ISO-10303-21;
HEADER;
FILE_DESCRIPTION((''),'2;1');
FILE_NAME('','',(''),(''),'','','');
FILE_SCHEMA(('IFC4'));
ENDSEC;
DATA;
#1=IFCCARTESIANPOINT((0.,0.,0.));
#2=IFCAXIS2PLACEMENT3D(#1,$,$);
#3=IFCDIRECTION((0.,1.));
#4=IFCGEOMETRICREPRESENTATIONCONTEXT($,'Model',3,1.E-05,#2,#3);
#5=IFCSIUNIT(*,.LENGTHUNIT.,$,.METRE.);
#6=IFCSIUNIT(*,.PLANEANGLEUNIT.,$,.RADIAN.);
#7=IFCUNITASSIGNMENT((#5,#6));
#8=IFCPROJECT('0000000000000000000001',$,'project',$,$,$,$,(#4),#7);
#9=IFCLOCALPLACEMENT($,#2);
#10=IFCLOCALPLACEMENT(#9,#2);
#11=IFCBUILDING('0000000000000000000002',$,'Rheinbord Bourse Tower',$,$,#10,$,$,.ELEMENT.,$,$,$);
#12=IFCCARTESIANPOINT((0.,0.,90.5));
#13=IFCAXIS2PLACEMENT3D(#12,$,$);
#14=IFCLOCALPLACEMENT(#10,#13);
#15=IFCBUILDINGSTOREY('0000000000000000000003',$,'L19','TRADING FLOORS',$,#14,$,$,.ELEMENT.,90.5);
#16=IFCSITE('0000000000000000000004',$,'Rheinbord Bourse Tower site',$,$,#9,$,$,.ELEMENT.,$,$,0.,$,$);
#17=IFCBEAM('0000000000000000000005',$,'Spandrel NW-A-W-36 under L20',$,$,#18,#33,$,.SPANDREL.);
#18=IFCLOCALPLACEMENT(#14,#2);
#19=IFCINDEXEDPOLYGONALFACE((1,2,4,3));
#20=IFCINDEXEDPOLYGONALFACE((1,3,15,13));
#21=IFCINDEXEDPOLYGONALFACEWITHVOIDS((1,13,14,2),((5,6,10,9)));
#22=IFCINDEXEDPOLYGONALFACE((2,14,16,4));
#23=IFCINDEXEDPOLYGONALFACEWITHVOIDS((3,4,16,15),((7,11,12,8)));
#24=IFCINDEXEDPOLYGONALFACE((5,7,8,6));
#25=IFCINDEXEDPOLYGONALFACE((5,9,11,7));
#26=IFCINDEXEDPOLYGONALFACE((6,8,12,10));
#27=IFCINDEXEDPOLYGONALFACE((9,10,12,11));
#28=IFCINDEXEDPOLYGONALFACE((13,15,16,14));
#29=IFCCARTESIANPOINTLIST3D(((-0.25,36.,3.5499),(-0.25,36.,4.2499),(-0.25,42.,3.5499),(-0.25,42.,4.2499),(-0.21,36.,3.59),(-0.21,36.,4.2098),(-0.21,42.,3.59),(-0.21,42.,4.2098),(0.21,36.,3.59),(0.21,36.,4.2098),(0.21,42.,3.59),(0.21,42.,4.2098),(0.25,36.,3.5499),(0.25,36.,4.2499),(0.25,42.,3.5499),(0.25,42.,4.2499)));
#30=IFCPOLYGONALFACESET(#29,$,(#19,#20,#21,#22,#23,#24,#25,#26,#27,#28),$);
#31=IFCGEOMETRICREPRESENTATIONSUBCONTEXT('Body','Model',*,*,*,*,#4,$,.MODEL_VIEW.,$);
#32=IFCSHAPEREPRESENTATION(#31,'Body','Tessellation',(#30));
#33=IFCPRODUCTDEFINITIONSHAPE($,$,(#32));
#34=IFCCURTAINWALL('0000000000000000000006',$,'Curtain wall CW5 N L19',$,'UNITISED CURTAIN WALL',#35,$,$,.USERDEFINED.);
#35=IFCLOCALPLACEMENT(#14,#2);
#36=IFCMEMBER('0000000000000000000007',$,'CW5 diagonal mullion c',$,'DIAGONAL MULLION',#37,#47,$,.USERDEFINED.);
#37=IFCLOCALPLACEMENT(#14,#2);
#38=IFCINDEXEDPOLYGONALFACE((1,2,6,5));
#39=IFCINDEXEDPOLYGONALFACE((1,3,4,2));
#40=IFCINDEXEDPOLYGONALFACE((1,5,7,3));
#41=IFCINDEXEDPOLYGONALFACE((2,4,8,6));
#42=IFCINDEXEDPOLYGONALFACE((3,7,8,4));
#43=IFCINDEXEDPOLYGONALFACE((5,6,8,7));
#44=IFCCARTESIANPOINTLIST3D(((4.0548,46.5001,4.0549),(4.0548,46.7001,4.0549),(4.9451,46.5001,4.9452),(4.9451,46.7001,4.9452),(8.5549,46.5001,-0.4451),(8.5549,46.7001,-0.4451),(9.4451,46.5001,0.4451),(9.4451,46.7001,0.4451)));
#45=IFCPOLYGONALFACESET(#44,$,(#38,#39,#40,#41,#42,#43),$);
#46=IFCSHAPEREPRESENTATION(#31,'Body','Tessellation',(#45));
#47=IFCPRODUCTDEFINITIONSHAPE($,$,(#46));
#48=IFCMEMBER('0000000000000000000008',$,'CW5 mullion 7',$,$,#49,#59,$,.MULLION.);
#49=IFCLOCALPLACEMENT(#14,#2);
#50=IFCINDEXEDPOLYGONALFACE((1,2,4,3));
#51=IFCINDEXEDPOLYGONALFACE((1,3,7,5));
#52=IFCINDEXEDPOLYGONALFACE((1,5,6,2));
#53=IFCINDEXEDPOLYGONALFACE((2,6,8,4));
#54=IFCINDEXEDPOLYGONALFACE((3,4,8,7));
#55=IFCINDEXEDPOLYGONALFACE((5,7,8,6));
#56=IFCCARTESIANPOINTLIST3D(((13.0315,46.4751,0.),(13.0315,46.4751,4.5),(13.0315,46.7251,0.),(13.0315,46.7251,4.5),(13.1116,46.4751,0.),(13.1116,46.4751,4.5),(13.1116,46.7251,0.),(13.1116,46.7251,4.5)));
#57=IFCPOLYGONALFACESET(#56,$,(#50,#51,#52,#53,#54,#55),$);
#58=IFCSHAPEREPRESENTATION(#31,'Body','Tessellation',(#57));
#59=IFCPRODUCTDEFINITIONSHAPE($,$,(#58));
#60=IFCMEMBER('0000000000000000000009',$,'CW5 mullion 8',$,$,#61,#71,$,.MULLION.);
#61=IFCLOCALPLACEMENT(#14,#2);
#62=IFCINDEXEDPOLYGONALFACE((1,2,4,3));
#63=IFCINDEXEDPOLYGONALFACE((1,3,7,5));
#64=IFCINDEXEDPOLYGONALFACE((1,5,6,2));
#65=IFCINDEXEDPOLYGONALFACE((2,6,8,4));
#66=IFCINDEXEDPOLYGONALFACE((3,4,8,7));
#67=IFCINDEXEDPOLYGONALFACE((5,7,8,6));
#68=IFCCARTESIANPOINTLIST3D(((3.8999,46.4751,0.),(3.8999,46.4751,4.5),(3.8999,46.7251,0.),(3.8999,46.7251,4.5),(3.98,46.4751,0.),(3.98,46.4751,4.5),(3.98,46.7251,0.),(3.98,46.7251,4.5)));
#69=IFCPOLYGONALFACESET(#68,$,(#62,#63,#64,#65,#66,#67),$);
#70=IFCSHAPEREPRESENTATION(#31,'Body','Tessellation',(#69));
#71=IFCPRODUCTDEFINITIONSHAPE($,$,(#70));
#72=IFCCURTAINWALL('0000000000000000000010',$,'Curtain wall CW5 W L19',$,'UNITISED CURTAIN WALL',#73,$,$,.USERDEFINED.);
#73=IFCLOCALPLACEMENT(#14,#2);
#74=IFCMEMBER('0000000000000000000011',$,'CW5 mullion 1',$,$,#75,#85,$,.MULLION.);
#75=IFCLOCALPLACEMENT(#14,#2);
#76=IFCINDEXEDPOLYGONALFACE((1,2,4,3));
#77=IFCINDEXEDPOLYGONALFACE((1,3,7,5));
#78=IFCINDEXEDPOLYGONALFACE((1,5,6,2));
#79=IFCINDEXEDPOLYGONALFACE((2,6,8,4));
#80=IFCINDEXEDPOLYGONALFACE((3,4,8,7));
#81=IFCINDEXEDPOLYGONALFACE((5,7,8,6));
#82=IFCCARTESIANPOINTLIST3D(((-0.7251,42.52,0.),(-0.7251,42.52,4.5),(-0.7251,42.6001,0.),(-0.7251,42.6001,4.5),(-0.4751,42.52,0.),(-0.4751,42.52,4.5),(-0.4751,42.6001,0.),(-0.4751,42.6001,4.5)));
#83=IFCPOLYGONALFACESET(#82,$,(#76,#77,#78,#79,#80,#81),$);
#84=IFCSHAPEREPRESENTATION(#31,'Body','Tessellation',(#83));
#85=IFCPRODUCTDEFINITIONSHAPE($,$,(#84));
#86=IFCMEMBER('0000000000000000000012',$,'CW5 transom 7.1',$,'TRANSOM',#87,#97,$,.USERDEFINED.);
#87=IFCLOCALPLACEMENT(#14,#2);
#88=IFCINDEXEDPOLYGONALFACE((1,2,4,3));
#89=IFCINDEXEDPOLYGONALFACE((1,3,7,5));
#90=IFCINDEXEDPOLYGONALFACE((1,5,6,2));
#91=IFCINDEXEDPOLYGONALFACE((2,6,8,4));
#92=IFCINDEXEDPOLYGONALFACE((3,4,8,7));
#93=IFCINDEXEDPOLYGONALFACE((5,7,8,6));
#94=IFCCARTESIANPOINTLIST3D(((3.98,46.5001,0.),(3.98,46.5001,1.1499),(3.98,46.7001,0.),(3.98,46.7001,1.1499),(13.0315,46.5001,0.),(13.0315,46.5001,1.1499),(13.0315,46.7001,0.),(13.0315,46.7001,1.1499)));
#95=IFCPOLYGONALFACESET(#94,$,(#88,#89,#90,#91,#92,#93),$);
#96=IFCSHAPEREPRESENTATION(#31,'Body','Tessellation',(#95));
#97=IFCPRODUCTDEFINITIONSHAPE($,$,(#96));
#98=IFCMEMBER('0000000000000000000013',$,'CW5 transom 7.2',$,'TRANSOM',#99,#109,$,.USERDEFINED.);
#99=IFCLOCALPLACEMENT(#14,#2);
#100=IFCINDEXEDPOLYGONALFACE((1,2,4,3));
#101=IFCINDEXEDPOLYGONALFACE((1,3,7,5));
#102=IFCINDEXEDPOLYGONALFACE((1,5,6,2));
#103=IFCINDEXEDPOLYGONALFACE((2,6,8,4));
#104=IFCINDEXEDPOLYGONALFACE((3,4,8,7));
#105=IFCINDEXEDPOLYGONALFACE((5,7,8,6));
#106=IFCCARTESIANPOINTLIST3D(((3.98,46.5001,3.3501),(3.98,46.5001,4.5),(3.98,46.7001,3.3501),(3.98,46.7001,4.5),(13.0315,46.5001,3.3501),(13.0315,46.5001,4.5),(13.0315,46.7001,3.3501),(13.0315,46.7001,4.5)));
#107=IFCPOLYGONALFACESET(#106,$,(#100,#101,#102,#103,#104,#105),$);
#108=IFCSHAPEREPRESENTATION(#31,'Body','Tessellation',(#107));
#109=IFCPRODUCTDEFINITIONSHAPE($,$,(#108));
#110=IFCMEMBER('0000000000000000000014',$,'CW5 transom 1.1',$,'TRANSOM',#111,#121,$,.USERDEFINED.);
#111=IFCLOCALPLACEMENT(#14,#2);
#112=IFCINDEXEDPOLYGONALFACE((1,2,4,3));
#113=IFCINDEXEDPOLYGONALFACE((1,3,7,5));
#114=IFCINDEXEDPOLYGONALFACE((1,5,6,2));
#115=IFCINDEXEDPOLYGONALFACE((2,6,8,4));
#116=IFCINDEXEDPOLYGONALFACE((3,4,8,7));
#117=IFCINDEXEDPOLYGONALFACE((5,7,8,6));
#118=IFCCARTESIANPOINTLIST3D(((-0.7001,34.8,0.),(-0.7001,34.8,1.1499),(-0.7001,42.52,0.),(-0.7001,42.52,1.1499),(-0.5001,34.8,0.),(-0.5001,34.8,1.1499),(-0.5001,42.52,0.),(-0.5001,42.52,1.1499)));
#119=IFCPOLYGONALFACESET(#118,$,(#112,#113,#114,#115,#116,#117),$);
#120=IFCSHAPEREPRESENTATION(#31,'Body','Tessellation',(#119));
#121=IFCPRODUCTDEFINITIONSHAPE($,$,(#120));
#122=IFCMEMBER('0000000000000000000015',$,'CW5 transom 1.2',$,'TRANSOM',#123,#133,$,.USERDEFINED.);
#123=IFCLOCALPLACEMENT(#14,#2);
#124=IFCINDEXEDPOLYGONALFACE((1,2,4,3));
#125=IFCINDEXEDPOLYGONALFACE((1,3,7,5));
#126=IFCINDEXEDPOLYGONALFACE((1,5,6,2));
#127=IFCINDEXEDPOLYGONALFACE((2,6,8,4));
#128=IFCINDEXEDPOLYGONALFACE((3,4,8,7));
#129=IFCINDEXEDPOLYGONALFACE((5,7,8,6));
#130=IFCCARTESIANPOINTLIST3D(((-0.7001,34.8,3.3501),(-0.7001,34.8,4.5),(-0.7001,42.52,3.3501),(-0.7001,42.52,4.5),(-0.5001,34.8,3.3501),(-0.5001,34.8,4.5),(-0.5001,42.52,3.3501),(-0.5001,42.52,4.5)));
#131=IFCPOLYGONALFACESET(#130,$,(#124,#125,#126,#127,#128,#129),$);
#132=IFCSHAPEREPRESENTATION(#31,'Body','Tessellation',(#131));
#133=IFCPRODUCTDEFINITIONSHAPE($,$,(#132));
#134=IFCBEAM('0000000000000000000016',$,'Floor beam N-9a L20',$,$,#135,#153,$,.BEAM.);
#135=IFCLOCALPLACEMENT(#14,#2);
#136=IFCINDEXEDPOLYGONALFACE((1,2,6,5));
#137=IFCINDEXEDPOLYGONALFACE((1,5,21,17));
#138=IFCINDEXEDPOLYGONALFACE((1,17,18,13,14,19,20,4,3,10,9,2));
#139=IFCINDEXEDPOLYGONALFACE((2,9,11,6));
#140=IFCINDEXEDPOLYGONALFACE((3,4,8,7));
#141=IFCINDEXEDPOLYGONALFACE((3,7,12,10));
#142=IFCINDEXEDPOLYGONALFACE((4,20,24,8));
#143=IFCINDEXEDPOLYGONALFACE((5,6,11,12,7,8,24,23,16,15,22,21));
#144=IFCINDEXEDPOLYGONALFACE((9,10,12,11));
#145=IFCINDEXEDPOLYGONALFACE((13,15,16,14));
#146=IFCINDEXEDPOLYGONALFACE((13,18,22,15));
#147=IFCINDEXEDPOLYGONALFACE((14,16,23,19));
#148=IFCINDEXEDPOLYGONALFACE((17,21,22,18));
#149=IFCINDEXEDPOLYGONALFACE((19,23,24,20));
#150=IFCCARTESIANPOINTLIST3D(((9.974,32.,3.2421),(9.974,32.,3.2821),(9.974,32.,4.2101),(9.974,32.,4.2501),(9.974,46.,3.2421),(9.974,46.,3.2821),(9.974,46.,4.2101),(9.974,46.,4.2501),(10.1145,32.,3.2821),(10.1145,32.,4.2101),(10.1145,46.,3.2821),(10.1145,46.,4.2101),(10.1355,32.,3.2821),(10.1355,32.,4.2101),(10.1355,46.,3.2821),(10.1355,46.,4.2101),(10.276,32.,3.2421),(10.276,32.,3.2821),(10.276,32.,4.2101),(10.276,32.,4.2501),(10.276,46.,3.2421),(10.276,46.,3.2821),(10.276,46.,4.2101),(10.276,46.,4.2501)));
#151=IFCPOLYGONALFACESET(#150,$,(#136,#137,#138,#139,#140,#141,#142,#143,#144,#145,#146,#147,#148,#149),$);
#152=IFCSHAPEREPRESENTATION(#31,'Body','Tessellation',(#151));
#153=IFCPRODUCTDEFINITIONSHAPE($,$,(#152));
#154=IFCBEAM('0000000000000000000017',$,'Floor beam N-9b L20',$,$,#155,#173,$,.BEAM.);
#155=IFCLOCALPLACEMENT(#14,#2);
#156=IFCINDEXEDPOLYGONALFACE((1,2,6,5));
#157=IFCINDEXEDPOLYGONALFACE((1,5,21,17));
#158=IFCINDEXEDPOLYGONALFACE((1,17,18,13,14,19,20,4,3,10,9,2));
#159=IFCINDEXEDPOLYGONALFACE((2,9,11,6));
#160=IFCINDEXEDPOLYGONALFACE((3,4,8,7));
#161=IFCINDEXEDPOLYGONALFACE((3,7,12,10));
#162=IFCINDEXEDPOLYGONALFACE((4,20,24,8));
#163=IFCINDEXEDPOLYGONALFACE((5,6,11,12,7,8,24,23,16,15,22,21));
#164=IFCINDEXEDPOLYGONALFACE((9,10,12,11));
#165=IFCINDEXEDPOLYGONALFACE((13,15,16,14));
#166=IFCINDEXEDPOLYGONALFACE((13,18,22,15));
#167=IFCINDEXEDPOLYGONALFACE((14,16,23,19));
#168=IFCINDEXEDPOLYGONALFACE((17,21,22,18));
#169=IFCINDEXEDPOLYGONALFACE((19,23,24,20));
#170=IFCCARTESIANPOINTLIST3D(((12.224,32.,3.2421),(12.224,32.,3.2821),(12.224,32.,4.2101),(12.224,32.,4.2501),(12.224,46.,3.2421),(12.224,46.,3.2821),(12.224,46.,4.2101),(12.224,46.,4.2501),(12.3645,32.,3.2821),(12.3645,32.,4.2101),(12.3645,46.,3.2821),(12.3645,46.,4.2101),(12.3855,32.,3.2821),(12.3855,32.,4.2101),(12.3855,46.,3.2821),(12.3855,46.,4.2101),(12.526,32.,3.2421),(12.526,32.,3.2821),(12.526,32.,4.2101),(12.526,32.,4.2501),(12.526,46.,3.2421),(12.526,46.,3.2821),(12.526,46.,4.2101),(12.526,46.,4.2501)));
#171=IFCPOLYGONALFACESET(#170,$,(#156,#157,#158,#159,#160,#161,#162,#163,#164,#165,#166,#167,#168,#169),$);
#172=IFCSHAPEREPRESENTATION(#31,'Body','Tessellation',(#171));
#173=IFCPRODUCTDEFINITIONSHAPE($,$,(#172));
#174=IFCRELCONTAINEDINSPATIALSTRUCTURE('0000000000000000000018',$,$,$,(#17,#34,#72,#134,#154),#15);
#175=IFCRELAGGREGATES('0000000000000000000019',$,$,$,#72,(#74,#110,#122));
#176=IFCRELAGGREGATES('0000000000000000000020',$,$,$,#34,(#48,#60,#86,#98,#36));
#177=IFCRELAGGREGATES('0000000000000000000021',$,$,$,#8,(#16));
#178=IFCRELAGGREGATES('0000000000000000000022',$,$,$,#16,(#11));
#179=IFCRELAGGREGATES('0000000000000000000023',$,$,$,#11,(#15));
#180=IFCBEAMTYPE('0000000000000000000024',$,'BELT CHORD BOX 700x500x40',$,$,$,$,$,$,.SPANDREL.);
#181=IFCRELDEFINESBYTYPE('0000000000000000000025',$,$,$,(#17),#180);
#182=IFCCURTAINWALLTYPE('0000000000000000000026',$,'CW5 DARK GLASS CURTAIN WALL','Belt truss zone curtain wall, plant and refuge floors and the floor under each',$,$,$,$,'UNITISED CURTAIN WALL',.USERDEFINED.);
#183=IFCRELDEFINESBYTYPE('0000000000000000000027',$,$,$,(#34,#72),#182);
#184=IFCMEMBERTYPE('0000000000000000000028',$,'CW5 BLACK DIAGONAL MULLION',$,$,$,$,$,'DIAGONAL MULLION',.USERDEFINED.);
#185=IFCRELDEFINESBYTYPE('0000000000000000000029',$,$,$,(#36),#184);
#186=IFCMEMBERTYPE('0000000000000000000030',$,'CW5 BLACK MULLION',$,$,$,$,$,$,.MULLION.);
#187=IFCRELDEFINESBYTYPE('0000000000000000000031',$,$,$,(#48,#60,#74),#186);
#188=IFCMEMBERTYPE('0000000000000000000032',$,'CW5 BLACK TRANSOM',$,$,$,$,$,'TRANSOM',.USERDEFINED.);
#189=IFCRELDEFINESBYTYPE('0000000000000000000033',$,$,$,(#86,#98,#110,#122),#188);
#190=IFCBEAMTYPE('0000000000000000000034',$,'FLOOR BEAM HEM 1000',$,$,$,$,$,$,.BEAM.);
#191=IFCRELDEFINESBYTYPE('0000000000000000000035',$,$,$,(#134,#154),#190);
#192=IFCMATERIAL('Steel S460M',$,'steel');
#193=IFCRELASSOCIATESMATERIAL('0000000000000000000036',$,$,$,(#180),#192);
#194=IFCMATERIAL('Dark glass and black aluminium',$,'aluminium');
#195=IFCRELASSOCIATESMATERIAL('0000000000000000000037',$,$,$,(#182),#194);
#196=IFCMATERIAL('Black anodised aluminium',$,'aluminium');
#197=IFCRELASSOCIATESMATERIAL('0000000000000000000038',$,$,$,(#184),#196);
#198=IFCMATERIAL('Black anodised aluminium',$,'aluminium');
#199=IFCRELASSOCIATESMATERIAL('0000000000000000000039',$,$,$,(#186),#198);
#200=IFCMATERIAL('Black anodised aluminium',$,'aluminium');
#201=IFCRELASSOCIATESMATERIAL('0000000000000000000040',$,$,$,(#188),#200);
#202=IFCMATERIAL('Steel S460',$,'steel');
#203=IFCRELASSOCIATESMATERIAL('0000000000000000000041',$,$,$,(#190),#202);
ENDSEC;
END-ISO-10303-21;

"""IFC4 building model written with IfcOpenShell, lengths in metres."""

from ifc_helpers import new_model, si_unit, direction, frame, origin, origin_2d, place, context, subcontext, project, spatial, rectangle, hollow_rectangle, i_section, extrude, material, material_profile, profile_set, type_object, element, aggregate, save


model = new_model("IFC4")

# Units and contexts
model_context = context("Model", 3, precision=1e-05, world=origin(), true_north=direction((0.0, 1.0)))
body_context = subcontext(model_context, "Body", "Model", "MODEL_VIEW")
ifc_project = project(units=[si_unit("LENGTHUNIT", "METRE"), si_unit("PLANEANGLEUNIT", "RADIAN")], contexts=[model_context])

# Site, building, storey
site_placement = place(None, origin())
site = spatial("IfcSite", under=ifc_project, at=site_placement, Name="Rheinbord Bourse Tower site", CompositionType="ELEMENT", RefElevation=0.0)
building_placement = place(site_placement, origin())
building = spatial("IfcBuilding", under=site, at=building_placement, Name="Rheinbord Bourse Tower", CompositionType="ELEMENT")
storey_placement = place(building_placement, frame((0.0, 0.0, 90.5)))
storey = spatial("IfcBuildingStorey", under=building, at=storey_placement, Name="L19", Description="TRADING FLOORS", CompositionType="ELEMENT", Elevation=90.5)

# Beam
ifc_material_1 = material(Name="Steel S460M", Category="steel")
ifc_material_profile_1 = material_profile(ifc_material_1, hollow_rectangle(XDim=0.5, YDim=0.7, WallThickness=0.04, at=origin_2d()), Name="BOX 700x500x40")
ifc_profile_set_1 = profile_set([ifc_material_profile_1], Name="Steel S460M")
beam_type_1 = type_object("IfcBeamType", Name="BELT CHORD BOX 700x500x40", PredefinedType="SPANDREL", material=ifc_profile_set_1)
beam_1_placement = place(storey_placement, frame((0.0, 42.0, 3.8999), z_axis=(0.0, -1.0, 0.0), x_axis=(1.0, 0.0, 0.0)))
element("IfcBeam", 1, at=beam_1_placement, inside=storey, type_object=beam_type_1, Name="Spandrel NW-A-W-36 under L20", PredefinedType="SPANDREL", context=body_context, shape_type="SweptSolid", body=[
    extrude(hollow_rectangle(XDim=0.5, YDim=0.7, WallThickness=0.04, at=origin_2d()), origin(), (0.0, 0.0, 1.0), 6.0),
])

# Curtain wall, members
ifc_material_2 = material(Name="Dark glass and black aluminium", Category="aluminium")
curtain_wall_type = type_object("IfcCurtainWallType", Name="CW5 DARK GLASS CURTAIN WALL", Description="Belt truss zone curtain wall, plant and refuge floors and the floor under each", ElementType="UNITISED CURTAIN WALL", PredefinedType="USERDEFINED", material=ifc_material_2)
curtain_wall_1_placement = place(storey_placement, origin())
curtain_wall_1 = element("IfcCurtainWall", 2, at=curtain_wall_1_placement, inside=storey, type_object=curtain_wall_type, Name="Curtain wall CW5 N L19", ObjectType="UNITISED CURTAIN WALL", PredefinedType="USERDEFINED")
ifc_material_3 = material(Name="Black anodised aluminium", Category="aluminium")
ifc_material_profile_2 = material_profile(ifc_material_3, rectangle(XDim=0.2, YDim=1.259, at=origin_2d()), Name="CW5 DIAGONAL MULLION 1259x200")
ifc_profile_set_2 = profile_set([ifc_material_profile_2], Name="Black anodised aluminium")
member_type_1 = type_object("IfcMemberType", Name="CW5 BLACK DIAGONAL MULLION", ElementType="DIAGONAL MULLION", PredefinedType="USERDEFINED", material=ifc_profile_set_2)
member_1_placement = place(storey_placement, frame((9.0, 46.6001, 0.0), z_axis=(-0.707107, 0.0, 0.707107), x_axis=(0.0, -1.0, 0.0)))
member_1 = element("IfcMember", 3, at=member_1_placement, type_object=member_type_1, Name="CW5 diagonal mullion c", ObjectType="DIAGONAL MULLION", PredefinedType="USERDEFINED", context=body_context, shape_type="SweptSolid", body=[
    extrude(rectangle(XDim=0.2, YDim=1.259, at=origin_2d()), origin(), (0.0, 0.0, 1.0), 6.364),
])
ifc_material_4 = material(Name="Black anodised aluminium", Category="aluminium")
ifc_material_profile_3 = material_profile(ifc_material_4, rectangle(XDim=0.25, YDim=0.0801, at=origin_2d()), Name="CW5 MULLION 80x250")
ifc_profile_set_3 = profile_set([ifc_material_profile_3], Name="Black anodised aluminium")
member_type_2 = type_object("IfcMemberType", Name="CW5 BLACK MULLION", PredefinedType="MULLION", material=ifc_profile_set_3)
member_2_placement = place(storey_placement, frame((13.0715, 46.6001, 0.0), z_axis=(0.0, 0.0, 1.0), x_axis=(0.0, -1.0, 0.0)))
member_2 = element("IfcMember", 4, at=member_2_placement, type_object=member_type_2, Name="CW5 mullion 7", PredefinedType="MULLION", context=body_context, shape_type="SweptSolid", body=[
    extrude(rectangle(XDim=0.25, YDim=0.0801, at=origin_2d()), origin(), (0.0, 0.0, 1.0), 4.5),
])
member_3_placement = place(storey_placement, frame((3.9399, 46.6001, 0.0), z_axis=(0.0, 0.0, 1.0), x_axis=(0.0, -1.0, 0.0)))
member_3 = element("IfcMember", 5, at=member_3_placement, type_object=member_type_2, Name="CW5 mullion 8", PredefinedType="MULLION", context=body_context, shape_type="SweptSolid", body=[
    extrude(rectangle(XDim=0.25, YDim=0.0801, at=origin_2d()), origin(), (0.0, 0.0, 1.0), 4.5),
])

# Curtain wall, member
curtain_wall_2_placement = place(storey_placement, origin())
curtain_wall_2 = element("IfcCurtainWall", 6, at=curtain_wall_2_placement, inside=storey, type_object=curtain_wall_type, Name="Curtain wall CW5 W L19", ObjectType="UNITISED CURTAIN WALL", PredefinedType="USERDEFINED")
member_4_placement = place(storey_placement, frame((-0.6001, 42.5601, 0.0), z_axis=(0.0, 0.0, 1.0), x_axis=(1.0, 0.0, 0.0)))
member_4 = element("IfcMember", 7, at=member_4_placement, type_object=member_type_2, Name="CW5 mullion 1", PredefinedType="MULLION", context=body_context, shape_type="SweptSolid", body=[
    extrude(rectangle(XDim=0.25, YDim=0.0801, at=origin_2d()), origin(), (0.0, 0.0, 1.0), 4.5),
])

# Members
ifc_material_5 = material(Name="Black anodised aluminium", Category="aluminium")
ifc_material_profile_4 = material_profile(ifc_material_5, rectangle(XDim=0.2, YDim=1.1499, at=origin_2d()), Name="CW5 TRANSOM 1150x200")
ifc_profile_set_4 = profile_set([ifc_material_profile_4], Name="Black anodised aluminium")
member_type_3 = type_object("IfcMemberType", Name="CW5 BLACK TRANSOM", ElementType="TRANSOM", PredefinedType="USERDEFINED", material=ifc_profile_set_4)
member_5_placement = place(storey_placement, frame((13.0315, 46.6001, 0.575), z_axis=(-1.0, 0.0, 0.0), x_axis=(0.0, -1.0, 0.0)))
member_5 = element("IfcMember", 8, at=member_5_placement, type_object=member_type_3, Name="CW5 transom 7.1", ObjectType="TRANSOM", PredefinedType="USERDEFINED", context=body_context, shape_type="SweptSolid", body=[
    extrude(rectangle(XDim=0.2, YDim=1.1499, at=origin_2d()), origin(), (0.0, 0.0, 1.0), 9.0515),
])
member_6_placement = place(storey_placement, frame((13.0315, 46.6001, 3.925), z_axis=(-1.0, 0.0, 0.0), x_axis=(0.0, -1.0, 0.0)))
member_6 = element("IfcMember", 9, at=member_6_placement, type_object=member_type_3, Name="CW5 transom 7.2", ObjectType="TRANSOM", PredefinedType="USERDEFINED", context=body_context, shape_type="SweptSolid", body=[
    extrude(rectangle(XDim=0.2, YDim=1.1499, at=origin_2d()), origin(), (0.0, 0.0, 1.0), 9.0515),
])
member_7_placement = place(storey_placement, frame((-0.6001, 42.52, 0.575), z_axis=(0.0, -1.0, 0.0), x_axis=(1.0, 0.0, 0.0)))
member_7 = element("IfcMember", 10, at=member_7_placement, type_object=member_type_3, Name="CW5 transom 1.1", ObjectType="TRANSOM", PredefinedType="USERDEFINED", context=body_context, shape_type="SweptSolid", body=[
    extrude(rectangle(XDim=0.2, YDim=1.1499, at=origin_2d()), origin(), (0.0, 0.0, 1.0), 7.72),
])
member_8_placement = place(storey_placement, frame((-0.6001, 42.52, 3.925), z_axis=(0.0, -1.0, 0.0), x_axis=(1.0, 0.0, 0.0)))
member_8 = element("IfcMember", 11, at=member_8_placement, type_object=member_type_3, Name="CW5 transom 1.2", ObjectType="TRANSOM", PredefinedType="USERDEFINED", context=body_context, shape_type="SweptSolid", body=[
    extrude(rectangle(XDim=0.2, YDim=1.1499, at=origin_2d()), origin(), (0.0, 0.0, 1.0), 7.72),
])
aggregate(curtain_wall_2, [member_4, member_7, member_8])

# Beams
ifc_material_6 = material(Name="Steel S460", Category="steel")
ifc_material_profile_5 = material_profile(ifc_material_6, i_section(OverallWidth=0.302, OverallDepth=1.0081, WebThickness=0.021, FlangeThickness=0.04, at=origin_2d()), Name="HEM 1000")
ifc_profile_set_5 = profile_set([ifc_material_profile_5], Name="Steel S460")
beam_type_2 = type_object("IfcBeamType", Name="FLOOR BEAM HEM 1000", PredefinedType="BEAM", material=ifc_profile_set_5)
for number, where, z_axis, x_axis, name in (
    (12, (10.125, 46.0, 3.7461), (0.0, -1.0, 0.0), (1.0, 0.0, 0.0), "Floor beam N-9a L20"),
    (13, (12.375, 46.0, 3.7461), (0.0, -1.0, 0.0), (1.0, 0.0, 0.0), "Floor beam N-9b L20"),
):
    element("IfcBeam", number, at=place(storey_placement, frame(where, z_axis=z_axis, x_axis=x_axis)), inside=storey, type_object=beam_type_2, Name=name, PredefinedType="BEAM", context=body_context, shape_type="SweptSolid", body=[
        extrude(i_section(OverallWidth=0.302, OverallDepth=1.0081, WebThickness=0.021, FlangeThickness=0.04, at=origin_2d()), origin(), (0.0, 0.0, 1.0), 14.0),
    ])

aggregate(curtain_wall_1, [member_2, member_3, member_5, member_6, member_1])

save(model, "model.ifc")
